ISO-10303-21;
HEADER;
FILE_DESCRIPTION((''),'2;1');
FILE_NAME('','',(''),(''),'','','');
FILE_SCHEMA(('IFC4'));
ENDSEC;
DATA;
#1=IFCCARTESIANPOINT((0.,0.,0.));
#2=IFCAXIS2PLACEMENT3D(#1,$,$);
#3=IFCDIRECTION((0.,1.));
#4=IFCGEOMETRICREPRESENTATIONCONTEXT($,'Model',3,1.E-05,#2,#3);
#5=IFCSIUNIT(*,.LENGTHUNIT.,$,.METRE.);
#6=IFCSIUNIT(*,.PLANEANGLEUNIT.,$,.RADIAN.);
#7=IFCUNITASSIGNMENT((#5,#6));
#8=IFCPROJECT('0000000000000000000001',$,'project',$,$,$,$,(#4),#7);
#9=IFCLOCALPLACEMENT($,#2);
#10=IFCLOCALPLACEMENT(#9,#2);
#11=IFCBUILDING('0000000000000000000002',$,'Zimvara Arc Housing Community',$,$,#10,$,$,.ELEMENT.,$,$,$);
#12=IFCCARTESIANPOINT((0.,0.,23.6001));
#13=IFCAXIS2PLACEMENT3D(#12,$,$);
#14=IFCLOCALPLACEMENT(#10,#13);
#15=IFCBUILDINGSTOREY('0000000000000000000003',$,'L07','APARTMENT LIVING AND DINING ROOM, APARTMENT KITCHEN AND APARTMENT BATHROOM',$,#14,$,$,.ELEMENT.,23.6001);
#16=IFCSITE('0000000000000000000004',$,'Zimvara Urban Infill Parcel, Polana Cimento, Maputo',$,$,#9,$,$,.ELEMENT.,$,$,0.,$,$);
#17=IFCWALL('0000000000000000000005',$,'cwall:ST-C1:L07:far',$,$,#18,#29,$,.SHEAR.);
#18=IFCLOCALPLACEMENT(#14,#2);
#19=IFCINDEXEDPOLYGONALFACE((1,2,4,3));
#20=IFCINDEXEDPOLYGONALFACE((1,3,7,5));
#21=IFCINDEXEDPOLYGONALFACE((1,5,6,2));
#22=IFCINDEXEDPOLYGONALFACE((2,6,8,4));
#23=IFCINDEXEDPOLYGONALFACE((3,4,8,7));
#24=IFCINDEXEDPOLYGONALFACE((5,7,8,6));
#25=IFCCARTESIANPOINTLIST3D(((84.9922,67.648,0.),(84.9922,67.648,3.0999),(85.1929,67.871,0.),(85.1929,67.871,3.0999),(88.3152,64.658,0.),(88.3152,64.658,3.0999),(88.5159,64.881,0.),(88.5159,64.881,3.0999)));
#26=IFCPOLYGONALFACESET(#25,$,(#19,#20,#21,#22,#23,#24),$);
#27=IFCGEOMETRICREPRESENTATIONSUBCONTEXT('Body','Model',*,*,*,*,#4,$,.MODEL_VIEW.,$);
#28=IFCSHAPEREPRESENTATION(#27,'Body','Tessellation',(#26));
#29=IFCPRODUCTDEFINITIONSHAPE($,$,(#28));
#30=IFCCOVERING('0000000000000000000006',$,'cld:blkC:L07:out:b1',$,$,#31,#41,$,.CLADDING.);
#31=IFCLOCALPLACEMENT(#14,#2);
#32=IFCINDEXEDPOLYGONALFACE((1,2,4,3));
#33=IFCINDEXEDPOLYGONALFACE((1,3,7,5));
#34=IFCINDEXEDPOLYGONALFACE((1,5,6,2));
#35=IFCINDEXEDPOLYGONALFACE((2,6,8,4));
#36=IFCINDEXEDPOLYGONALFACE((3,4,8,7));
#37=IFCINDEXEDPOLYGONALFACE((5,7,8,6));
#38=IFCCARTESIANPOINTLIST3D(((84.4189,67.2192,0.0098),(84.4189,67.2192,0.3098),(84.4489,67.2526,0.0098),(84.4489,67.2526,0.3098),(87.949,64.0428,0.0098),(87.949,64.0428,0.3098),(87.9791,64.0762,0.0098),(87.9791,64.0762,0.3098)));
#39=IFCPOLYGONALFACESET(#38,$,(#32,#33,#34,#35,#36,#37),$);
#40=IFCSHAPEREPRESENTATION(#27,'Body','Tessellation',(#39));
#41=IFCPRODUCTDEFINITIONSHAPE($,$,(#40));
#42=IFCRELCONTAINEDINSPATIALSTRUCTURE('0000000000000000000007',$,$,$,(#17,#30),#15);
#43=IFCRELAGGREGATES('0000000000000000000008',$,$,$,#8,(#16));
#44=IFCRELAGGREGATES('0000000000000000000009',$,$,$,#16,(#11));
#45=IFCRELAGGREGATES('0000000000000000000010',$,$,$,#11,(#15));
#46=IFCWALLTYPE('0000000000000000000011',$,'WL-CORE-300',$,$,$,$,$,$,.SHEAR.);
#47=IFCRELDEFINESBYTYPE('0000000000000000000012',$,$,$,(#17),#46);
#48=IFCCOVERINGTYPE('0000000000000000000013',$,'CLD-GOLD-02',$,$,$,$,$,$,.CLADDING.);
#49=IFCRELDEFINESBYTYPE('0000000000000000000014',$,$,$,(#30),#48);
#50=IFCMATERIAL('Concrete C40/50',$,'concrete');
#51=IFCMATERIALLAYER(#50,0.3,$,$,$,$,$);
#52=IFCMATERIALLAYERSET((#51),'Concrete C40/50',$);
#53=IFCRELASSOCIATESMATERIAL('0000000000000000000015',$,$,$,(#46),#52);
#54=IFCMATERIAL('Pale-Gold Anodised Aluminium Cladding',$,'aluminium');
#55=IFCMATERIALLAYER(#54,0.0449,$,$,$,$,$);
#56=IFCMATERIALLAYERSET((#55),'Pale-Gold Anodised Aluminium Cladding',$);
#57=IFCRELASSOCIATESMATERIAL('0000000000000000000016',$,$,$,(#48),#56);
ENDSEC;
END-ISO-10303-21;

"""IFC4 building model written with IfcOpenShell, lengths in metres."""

from ifc_helpers import new_model, si_unit, direction, frame, frame_2d, origin, origin_2d, place, context, subcontext, project, spatial, rectangle, extrude, material, layer, layer_set, type_object, element, save


model = new_model("IFC4")

# Units and contexts
model_context = context("Model", 3, precision=1e-05, world=origin(), true_north=direction((0.0, 1.0)))
body_context = subcontext(model_context, "Body", "Model", "MODEL_VIEW")
ifc_project = project(units=[si_unit("LENGTHUNIT", "METRE"), si_unit("PLANEANGLEUNIT", "RADIAN")], contexts=[model_context])

# Site, building, storey
site_placement = place(None, origin())
site = spatial("IfcSite", under=ifc_project, at=site_placement, Name="Zimvara Urban Infill Parcel, Polana Cimento, Maputo", CompositionType="ELEMENT", RefElevation=0.0)
building_placement = place(site_placement, origin())
building = spatial("IfcBuilding", under=site, at=building_placement, Name="Zimvara Arc Housing Community", CompositionType="ELEMENT")
storey_placement = place(building_placement, frame((0.0, 0.0, 23.6001)))
storey = spatial("IfcBuildingStorey", under=building, at=storey_placement, Name="L07", Description="APARTMENT LIVING AND DINING ROOM, APARTMENT KITCHEN AND APARTMENT BATHROOM", CompositionType="ELEMENT", Elevation=23.6001)

# Wall
ifc_material_1 = material(Name="Concrete C40/50", Category="concrete")
ifc_layer_1 = layer(ifc_material_1, 0.3)
ifc_layer_set_1 = layer_set([ifc_layer_1], Name="Concrete C40/50")
wall_type_1 = type_object("IfcWallType", Name="WL-CORE-300", PredefinedType="SHEAR", material=ifc_layer_set_1)
wall_1_placement = place(storey_placement, frame((85.0925, 67.7595, 0.0), z_axis=(0.0, 0.0, 1.0), x_axis=(0.743373, -0.668877, 0.0)))
element("IfcWall", 1, at=wall_1_placement, inside=storey, type_object=wall_type_1, Name="cwall:ST-C1:L07:far", PredefinedType="SHEAR", context=body_context, shape_type="SweptSolid", body=[
    extrude(rectangle(XDim=4.4702, YDim=0.3, at=frame_2d((2.2351, 0.0))), origin(), (0.0, 0.0, 1.0), 3.0999),
])

# Covering
ifc_material_2 = material(Name="Pale-Gold Anodised Aluminium Cladding", Category="aluminium")
ifc_layer_2 = layer(ifc_material_2, 0.0449)
ifc_layer_set_2 = layer_set([ifc_layer_2], Name="Pale-Gold Anodised Aluminium Cladding")
covering_type = type_object("IfcCoveringType", Name="CLD-GOLD-02", PredefinedType="CLADDING", material=ifc_layer_set_2)
covering_placement = place(storey_placement, frame((86.199, 65.6477, 0.0098), z_axis=(0.0, 0.0, 1.0), x_axis=(0.743377, -0.668872, 0.0)))
element("IfcCovering", 2, at=covering_placement, inside=storey, type_object=covering_type, Name="cld:blkC:L07:out:b1", PredefinedType="CLADDING", context=body_context, shape_type="SweptSolid", body=[
    extrude(rectangle(XDim=4.7488, YDim=0.0449, at=origin_2d()), origin(), (0.0, 0.0, 1.0), 0.3),
])

save(model, "model.ifc")
